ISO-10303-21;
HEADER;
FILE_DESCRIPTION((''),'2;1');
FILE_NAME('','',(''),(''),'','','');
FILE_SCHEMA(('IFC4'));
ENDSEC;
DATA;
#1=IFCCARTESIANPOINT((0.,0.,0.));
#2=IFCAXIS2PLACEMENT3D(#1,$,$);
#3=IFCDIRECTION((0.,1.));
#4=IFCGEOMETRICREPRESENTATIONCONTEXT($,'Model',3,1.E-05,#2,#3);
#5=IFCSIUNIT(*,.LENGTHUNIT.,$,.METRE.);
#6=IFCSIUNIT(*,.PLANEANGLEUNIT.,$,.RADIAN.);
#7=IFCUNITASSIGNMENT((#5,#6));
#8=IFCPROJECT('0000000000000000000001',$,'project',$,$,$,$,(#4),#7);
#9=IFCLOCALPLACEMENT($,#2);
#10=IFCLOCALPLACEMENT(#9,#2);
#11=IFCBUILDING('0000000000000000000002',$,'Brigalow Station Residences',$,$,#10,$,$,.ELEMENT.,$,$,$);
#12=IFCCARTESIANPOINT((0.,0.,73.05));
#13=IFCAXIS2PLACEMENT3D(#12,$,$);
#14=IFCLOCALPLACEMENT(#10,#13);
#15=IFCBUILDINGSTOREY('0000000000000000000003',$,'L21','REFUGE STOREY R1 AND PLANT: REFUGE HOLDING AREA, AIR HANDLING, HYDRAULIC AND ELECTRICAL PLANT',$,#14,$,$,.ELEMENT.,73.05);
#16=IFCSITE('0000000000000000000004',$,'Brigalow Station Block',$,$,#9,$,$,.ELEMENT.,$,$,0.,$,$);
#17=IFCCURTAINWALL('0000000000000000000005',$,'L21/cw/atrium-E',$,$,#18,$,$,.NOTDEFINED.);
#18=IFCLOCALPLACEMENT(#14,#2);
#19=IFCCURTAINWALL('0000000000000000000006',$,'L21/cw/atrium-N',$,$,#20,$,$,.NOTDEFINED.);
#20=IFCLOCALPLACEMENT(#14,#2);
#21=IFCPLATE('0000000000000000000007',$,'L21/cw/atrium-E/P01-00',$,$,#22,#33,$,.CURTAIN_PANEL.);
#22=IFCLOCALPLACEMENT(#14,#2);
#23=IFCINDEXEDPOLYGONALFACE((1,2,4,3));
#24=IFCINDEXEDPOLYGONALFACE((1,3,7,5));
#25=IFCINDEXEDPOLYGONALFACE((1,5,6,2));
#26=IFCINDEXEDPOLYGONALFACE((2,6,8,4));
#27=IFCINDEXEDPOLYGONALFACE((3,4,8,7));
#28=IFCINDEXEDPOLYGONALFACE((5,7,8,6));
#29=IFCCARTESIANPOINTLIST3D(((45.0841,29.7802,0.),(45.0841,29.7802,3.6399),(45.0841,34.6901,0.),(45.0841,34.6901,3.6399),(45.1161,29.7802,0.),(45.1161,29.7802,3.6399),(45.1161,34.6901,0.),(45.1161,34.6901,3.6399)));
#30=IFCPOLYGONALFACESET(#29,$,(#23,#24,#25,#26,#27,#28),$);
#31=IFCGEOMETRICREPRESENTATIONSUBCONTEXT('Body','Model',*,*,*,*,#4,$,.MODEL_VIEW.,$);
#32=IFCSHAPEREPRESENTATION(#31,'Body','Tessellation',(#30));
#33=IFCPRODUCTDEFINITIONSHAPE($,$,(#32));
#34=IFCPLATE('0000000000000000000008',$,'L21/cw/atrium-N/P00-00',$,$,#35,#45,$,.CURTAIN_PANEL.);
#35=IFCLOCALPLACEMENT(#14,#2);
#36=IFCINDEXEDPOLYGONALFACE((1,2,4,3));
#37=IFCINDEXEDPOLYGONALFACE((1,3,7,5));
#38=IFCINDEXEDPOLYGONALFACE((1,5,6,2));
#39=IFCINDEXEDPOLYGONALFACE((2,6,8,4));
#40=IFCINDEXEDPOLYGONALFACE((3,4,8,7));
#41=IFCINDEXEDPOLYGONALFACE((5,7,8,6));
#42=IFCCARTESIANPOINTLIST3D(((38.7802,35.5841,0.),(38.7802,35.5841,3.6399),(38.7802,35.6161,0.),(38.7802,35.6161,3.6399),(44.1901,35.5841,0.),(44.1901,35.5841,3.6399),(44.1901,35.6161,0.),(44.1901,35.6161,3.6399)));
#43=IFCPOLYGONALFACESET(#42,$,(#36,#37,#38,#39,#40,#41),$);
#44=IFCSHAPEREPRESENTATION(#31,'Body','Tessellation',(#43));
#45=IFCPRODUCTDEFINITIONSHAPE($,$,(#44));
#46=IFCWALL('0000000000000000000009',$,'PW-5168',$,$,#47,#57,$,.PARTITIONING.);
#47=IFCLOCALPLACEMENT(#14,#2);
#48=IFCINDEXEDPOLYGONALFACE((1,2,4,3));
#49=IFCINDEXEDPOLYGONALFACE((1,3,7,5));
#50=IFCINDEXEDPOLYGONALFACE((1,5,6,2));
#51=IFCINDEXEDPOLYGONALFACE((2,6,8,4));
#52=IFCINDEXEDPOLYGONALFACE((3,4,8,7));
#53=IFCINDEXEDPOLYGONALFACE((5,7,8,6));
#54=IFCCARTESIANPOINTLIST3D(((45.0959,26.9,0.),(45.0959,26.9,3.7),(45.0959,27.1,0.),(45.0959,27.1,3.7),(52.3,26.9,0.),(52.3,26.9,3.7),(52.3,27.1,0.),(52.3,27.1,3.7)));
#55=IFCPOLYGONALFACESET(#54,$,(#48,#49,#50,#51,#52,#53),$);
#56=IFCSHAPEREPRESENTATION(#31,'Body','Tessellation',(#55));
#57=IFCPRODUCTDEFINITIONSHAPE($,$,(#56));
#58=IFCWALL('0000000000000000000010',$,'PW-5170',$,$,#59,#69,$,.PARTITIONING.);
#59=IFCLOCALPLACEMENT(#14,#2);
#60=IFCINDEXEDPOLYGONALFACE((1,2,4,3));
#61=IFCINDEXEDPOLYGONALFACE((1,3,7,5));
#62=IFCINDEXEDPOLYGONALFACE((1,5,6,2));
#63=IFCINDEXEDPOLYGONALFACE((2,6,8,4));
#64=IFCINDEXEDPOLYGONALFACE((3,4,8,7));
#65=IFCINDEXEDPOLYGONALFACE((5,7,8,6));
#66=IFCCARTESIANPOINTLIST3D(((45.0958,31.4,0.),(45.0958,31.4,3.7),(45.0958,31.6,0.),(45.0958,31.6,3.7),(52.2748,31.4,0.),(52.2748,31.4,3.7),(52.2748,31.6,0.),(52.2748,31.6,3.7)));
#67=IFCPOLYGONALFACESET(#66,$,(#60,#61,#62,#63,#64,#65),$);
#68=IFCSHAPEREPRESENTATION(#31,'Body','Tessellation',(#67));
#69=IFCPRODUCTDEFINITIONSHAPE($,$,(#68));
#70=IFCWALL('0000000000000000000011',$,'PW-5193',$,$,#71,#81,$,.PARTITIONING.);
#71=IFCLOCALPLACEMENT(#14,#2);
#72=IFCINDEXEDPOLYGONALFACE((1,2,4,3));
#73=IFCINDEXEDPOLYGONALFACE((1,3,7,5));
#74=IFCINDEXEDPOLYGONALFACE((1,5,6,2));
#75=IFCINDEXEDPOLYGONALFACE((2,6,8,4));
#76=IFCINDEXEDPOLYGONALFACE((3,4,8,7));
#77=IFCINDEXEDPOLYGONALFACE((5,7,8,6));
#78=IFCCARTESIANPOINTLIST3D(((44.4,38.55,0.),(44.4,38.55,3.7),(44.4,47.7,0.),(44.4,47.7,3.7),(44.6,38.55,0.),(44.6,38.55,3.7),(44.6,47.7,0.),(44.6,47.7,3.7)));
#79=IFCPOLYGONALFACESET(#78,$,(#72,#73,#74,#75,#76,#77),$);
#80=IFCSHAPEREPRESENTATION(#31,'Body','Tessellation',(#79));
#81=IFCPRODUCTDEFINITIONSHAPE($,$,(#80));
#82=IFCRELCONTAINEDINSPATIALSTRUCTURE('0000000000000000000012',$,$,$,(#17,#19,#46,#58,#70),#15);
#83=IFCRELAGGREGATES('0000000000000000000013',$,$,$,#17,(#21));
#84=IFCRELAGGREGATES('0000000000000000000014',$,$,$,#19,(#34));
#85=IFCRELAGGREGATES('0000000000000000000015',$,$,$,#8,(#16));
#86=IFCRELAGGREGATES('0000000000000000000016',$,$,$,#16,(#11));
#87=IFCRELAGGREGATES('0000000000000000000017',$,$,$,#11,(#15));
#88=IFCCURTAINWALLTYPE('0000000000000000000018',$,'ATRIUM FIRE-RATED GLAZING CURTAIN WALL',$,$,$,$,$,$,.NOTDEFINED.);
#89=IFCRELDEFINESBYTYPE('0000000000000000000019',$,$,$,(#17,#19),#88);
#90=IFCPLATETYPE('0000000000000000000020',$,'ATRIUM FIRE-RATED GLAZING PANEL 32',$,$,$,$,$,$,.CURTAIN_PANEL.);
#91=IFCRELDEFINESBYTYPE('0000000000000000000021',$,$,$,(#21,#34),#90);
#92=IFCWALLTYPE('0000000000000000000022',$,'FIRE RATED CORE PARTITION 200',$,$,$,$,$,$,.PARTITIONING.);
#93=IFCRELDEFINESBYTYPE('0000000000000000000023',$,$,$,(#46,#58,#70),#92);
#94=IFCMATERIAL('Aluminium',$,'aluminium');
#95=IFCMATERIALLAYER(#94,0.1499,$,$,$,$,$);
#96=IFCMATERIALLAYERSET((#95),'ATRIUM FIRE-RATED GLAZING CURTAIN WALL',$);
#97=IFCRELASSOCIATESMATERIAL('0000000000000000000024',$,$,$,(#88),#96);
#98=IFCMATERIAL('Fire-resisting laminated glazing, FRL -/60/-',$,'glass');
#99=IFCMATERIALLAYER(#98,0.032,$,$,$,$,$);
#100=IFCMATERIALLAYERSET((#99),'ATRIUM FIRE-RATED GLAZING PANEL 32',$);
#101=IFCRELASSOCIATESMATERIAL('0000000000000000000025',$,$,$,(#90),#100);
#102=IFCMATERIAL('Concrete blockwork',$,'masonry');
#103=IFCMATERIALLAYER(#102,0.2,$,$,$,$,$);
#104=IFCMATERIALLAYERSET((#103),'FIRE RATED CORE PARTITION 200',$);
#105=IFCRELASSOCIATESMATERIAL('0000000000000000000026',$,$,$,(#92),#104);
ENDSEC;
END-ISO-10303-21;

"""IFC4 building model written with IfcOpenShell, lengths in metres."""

from ifc_helpers import new_model, si_unit, direction, frame, frame_2d, origin, origin_2d, place, context, subcontext, project, spatial, rectangle, extrude, material, layer, layer_set, type_object, element, aggregate, save


model = new_model("IFC4")

# Units and contexts
model_context = context("Model", 3, precision=1e-05, world=origin(), true_north=direction((0.0, 1.0)))
body_context = subcontext(model_context, "Body", "Model", "MODEL_VIEW")
ifc_project = project(units=[si_unit("LENGTHUNIT", "METRE"), si_unit("PLANEANGLEUNIT", "RADIAN")], contexts=[model_context])

# Site, building, storey
site_placement = place(None, origin())
site = spatial("IfcSite", under=ifc_project, at=site_placement, Name="Brigalow Station Block", CompositionType="ELEMENT", RefElevation=0.0)
building_placement = place(site_placement, origin())
building = spatial("IfcBuilding", under=site, at=building_placement, Name="Brigalow Station Residences", CompositionType="ELEMENT")
storey_placement = place(building_placement, frame((0.0, 0.0, 73.05)))
storey = spatial("IfcBuildingStorey", under=building, at=storey_placement, Name="L21", Description="REFUGE STOREY R1 AND PLANT: REFUGE HOLDING AREA, AIR HANDLING, HYDRAULIC AND ELECTRICAL PLANT", CompositionType="ELEMENT", Elevation=73.05)

# Curtain walls
ifc_material_1 = material(Name="Aluminium", Category="aluminium")
ifc_layer_1 = layer(ifc_material_1, 0.1499)
ifc_layer_set_1 = layer_set([ifc_layer_1], Name="ATRIUM FIRE-RATED GLAZING CURTAIN WALL")
curtain_wall_type = type_object("IfcCurtainWallType", Name="ATRIUM FIRE-RATED GLAZING CURTAIN WALL", PredefinedType="NOTDEFINED", material=ifc_layer_set_1)
curtain_wall_1_placement = place(storey_placement, origin())
curtain_wall_1 = element("IfcCurtainWall", 1, at=curtain_wall_1_placement, inside=storey, type_object=curtain_wall_type, Name="L21/cw/atrium-E", PredefinedType="NOTDEFINED")
curtain_wall_2_placement = place(storey_placement, origin())
curtain_wall_2 = element("IfcCurtainWall", 2, at=curtain_wall_2_placement, inside=storey, type_object=curtain_wall_type, Name="L21/cw/atrium-N", PredefinedType="NOTDEFINED")

# Plates
ifc_material_2 = material(Name="Fire-resisting laminated glazing, FRL -/60/-", Category="glass")
ifc_layer_2 = layer(ifc_material_2, 0.032)
ifc_layer_set_2 = layer_set([ifc_layer_2], Name="ATRIUM FIRE-RATED GLAZING PANEL 32")
plate_type = type_object("IfcPlateType", Name="ATRIUM FIRE-RATED GLAZING PANEL 32", PredefinedType="CURTAIN_PANEL", material=ifc_layer_set_2)
plate_1_placement = place(storey_placement, frame((45.1001, 32.2351, 0.0), z_axis=(0.0, 0.0, 1.0), x_axis=(0.0, 1.0, 0.0)))
plate_1 = element("IfcPlate", 3, at=plate_1_placement, type_object=plate_type, Name="L21/cw/atrium-E/P01-00", PredefinedType="CURTAIN_PANEL", context=body_context, shape_type="SweptSolid", body=[
    extrude(rectangle(XDim=4.9099, YDim=0.032, at=origin_2d()), origin(), (0.0, 0.0, 1.0), 3.6399),
])
aggregate(curtain_wall_1, [plate_1])
plate_2_placement = place(storey_placement, frame((41.4851, 35.6001, 0.0), z_axis=(0.0, 0.0, 1.0), x_axis=(-1.0, 0.0, 0.0)))
plate_2 = element("IfcPlate", 4, at=plate_2_placement, type_object=plate_type, Name="L21/cw/atrium-N/P00-00", PredefinedType="CURTAIN_PANEL", context=body_context, shape_type="SweptSolid", body=[
    extrude(rectangle(XDim=5.4099, YDim=0.032, at=origin_2d()), origin(), (0.0, 0.0, 1.0), 3.6399),
])
aggregate(curtain_wall_2, [plate_2])

# Walls
ifc_material_3 = material(Name="Concrete blockwork", Category="masonry")
ifc_layer_3 = layer(ifc_material_3, 0.2)
ifc_layer_set_3 = layer_set([ifc_layer_3], Name="FIRE RATED CORE PARTITION 200")
wall_type = type_object("IfcWallType", Name="FIRE RATED CORE PARTITION 200", PredefinedType="PARTITIONING", material=ifc_layer_set_3)
wall_1_placement = place(storey_placement, frame((45.0959, 27.0, 0.0), z_axis=(0.0, 0.0, 1.0), x_axis=(1.0, 0.0, 0.0)))
element("IfcWall", 5, at=wall_1_placement, inside=storey, type_object=wall_type, Name="PW-5168", PredefinedType="PARTITIONING", context=body_context, shape_type="SweptSolid", body=[
    extrude(rectangle(XDim=7.2041, YDim=0.2, at=frame_2d((3.6021, 0.0))), origin(), (0.0, 0.0, 1.0), 3.7),
])
wall_2_placement = place(storey_placement, frame((45.0959, 31.5, 0.0), z_axis=(0.0, 0.0, 1.0), x_axis=(1.0, 0.0, 0.0)))
element("IfcWall", 6, at=wall_2_placement, inside=storey, type_object=wall_type, Name="PW-5170", PredefinedType="PARTITIONING", context=body_context, shape_type="SweptSolid", body=[
    extrude(rectangle(XDim=7.179, YDim=0.2, at=frame_2d((3.5894, 0.0))), origin(), (0.0, 0.0, 1.0), 3.7),
])
wall_3_placement = place(storey_placement, frame((44.5, 38.55, 0.0), z_axis=(0.0, 0.0, 1.0), x_axis=(0.0, 1.0, 0.0)))
element("IfcWall", 7, at=wall_3_placement, inside=storey, type_object=wall_type, Name="PW-5193", PredefinedType="PARTITIONING", context=body_context, shape_type="SweptSolid", body=[
    extrude(rectangle(XDim=9.1499, YDim=0.2, at=frame_2d((4.575, 0.0))), origin(), (0.0, 0.0, 1.0), 3.7),
])

save(model, "model.ifc")
